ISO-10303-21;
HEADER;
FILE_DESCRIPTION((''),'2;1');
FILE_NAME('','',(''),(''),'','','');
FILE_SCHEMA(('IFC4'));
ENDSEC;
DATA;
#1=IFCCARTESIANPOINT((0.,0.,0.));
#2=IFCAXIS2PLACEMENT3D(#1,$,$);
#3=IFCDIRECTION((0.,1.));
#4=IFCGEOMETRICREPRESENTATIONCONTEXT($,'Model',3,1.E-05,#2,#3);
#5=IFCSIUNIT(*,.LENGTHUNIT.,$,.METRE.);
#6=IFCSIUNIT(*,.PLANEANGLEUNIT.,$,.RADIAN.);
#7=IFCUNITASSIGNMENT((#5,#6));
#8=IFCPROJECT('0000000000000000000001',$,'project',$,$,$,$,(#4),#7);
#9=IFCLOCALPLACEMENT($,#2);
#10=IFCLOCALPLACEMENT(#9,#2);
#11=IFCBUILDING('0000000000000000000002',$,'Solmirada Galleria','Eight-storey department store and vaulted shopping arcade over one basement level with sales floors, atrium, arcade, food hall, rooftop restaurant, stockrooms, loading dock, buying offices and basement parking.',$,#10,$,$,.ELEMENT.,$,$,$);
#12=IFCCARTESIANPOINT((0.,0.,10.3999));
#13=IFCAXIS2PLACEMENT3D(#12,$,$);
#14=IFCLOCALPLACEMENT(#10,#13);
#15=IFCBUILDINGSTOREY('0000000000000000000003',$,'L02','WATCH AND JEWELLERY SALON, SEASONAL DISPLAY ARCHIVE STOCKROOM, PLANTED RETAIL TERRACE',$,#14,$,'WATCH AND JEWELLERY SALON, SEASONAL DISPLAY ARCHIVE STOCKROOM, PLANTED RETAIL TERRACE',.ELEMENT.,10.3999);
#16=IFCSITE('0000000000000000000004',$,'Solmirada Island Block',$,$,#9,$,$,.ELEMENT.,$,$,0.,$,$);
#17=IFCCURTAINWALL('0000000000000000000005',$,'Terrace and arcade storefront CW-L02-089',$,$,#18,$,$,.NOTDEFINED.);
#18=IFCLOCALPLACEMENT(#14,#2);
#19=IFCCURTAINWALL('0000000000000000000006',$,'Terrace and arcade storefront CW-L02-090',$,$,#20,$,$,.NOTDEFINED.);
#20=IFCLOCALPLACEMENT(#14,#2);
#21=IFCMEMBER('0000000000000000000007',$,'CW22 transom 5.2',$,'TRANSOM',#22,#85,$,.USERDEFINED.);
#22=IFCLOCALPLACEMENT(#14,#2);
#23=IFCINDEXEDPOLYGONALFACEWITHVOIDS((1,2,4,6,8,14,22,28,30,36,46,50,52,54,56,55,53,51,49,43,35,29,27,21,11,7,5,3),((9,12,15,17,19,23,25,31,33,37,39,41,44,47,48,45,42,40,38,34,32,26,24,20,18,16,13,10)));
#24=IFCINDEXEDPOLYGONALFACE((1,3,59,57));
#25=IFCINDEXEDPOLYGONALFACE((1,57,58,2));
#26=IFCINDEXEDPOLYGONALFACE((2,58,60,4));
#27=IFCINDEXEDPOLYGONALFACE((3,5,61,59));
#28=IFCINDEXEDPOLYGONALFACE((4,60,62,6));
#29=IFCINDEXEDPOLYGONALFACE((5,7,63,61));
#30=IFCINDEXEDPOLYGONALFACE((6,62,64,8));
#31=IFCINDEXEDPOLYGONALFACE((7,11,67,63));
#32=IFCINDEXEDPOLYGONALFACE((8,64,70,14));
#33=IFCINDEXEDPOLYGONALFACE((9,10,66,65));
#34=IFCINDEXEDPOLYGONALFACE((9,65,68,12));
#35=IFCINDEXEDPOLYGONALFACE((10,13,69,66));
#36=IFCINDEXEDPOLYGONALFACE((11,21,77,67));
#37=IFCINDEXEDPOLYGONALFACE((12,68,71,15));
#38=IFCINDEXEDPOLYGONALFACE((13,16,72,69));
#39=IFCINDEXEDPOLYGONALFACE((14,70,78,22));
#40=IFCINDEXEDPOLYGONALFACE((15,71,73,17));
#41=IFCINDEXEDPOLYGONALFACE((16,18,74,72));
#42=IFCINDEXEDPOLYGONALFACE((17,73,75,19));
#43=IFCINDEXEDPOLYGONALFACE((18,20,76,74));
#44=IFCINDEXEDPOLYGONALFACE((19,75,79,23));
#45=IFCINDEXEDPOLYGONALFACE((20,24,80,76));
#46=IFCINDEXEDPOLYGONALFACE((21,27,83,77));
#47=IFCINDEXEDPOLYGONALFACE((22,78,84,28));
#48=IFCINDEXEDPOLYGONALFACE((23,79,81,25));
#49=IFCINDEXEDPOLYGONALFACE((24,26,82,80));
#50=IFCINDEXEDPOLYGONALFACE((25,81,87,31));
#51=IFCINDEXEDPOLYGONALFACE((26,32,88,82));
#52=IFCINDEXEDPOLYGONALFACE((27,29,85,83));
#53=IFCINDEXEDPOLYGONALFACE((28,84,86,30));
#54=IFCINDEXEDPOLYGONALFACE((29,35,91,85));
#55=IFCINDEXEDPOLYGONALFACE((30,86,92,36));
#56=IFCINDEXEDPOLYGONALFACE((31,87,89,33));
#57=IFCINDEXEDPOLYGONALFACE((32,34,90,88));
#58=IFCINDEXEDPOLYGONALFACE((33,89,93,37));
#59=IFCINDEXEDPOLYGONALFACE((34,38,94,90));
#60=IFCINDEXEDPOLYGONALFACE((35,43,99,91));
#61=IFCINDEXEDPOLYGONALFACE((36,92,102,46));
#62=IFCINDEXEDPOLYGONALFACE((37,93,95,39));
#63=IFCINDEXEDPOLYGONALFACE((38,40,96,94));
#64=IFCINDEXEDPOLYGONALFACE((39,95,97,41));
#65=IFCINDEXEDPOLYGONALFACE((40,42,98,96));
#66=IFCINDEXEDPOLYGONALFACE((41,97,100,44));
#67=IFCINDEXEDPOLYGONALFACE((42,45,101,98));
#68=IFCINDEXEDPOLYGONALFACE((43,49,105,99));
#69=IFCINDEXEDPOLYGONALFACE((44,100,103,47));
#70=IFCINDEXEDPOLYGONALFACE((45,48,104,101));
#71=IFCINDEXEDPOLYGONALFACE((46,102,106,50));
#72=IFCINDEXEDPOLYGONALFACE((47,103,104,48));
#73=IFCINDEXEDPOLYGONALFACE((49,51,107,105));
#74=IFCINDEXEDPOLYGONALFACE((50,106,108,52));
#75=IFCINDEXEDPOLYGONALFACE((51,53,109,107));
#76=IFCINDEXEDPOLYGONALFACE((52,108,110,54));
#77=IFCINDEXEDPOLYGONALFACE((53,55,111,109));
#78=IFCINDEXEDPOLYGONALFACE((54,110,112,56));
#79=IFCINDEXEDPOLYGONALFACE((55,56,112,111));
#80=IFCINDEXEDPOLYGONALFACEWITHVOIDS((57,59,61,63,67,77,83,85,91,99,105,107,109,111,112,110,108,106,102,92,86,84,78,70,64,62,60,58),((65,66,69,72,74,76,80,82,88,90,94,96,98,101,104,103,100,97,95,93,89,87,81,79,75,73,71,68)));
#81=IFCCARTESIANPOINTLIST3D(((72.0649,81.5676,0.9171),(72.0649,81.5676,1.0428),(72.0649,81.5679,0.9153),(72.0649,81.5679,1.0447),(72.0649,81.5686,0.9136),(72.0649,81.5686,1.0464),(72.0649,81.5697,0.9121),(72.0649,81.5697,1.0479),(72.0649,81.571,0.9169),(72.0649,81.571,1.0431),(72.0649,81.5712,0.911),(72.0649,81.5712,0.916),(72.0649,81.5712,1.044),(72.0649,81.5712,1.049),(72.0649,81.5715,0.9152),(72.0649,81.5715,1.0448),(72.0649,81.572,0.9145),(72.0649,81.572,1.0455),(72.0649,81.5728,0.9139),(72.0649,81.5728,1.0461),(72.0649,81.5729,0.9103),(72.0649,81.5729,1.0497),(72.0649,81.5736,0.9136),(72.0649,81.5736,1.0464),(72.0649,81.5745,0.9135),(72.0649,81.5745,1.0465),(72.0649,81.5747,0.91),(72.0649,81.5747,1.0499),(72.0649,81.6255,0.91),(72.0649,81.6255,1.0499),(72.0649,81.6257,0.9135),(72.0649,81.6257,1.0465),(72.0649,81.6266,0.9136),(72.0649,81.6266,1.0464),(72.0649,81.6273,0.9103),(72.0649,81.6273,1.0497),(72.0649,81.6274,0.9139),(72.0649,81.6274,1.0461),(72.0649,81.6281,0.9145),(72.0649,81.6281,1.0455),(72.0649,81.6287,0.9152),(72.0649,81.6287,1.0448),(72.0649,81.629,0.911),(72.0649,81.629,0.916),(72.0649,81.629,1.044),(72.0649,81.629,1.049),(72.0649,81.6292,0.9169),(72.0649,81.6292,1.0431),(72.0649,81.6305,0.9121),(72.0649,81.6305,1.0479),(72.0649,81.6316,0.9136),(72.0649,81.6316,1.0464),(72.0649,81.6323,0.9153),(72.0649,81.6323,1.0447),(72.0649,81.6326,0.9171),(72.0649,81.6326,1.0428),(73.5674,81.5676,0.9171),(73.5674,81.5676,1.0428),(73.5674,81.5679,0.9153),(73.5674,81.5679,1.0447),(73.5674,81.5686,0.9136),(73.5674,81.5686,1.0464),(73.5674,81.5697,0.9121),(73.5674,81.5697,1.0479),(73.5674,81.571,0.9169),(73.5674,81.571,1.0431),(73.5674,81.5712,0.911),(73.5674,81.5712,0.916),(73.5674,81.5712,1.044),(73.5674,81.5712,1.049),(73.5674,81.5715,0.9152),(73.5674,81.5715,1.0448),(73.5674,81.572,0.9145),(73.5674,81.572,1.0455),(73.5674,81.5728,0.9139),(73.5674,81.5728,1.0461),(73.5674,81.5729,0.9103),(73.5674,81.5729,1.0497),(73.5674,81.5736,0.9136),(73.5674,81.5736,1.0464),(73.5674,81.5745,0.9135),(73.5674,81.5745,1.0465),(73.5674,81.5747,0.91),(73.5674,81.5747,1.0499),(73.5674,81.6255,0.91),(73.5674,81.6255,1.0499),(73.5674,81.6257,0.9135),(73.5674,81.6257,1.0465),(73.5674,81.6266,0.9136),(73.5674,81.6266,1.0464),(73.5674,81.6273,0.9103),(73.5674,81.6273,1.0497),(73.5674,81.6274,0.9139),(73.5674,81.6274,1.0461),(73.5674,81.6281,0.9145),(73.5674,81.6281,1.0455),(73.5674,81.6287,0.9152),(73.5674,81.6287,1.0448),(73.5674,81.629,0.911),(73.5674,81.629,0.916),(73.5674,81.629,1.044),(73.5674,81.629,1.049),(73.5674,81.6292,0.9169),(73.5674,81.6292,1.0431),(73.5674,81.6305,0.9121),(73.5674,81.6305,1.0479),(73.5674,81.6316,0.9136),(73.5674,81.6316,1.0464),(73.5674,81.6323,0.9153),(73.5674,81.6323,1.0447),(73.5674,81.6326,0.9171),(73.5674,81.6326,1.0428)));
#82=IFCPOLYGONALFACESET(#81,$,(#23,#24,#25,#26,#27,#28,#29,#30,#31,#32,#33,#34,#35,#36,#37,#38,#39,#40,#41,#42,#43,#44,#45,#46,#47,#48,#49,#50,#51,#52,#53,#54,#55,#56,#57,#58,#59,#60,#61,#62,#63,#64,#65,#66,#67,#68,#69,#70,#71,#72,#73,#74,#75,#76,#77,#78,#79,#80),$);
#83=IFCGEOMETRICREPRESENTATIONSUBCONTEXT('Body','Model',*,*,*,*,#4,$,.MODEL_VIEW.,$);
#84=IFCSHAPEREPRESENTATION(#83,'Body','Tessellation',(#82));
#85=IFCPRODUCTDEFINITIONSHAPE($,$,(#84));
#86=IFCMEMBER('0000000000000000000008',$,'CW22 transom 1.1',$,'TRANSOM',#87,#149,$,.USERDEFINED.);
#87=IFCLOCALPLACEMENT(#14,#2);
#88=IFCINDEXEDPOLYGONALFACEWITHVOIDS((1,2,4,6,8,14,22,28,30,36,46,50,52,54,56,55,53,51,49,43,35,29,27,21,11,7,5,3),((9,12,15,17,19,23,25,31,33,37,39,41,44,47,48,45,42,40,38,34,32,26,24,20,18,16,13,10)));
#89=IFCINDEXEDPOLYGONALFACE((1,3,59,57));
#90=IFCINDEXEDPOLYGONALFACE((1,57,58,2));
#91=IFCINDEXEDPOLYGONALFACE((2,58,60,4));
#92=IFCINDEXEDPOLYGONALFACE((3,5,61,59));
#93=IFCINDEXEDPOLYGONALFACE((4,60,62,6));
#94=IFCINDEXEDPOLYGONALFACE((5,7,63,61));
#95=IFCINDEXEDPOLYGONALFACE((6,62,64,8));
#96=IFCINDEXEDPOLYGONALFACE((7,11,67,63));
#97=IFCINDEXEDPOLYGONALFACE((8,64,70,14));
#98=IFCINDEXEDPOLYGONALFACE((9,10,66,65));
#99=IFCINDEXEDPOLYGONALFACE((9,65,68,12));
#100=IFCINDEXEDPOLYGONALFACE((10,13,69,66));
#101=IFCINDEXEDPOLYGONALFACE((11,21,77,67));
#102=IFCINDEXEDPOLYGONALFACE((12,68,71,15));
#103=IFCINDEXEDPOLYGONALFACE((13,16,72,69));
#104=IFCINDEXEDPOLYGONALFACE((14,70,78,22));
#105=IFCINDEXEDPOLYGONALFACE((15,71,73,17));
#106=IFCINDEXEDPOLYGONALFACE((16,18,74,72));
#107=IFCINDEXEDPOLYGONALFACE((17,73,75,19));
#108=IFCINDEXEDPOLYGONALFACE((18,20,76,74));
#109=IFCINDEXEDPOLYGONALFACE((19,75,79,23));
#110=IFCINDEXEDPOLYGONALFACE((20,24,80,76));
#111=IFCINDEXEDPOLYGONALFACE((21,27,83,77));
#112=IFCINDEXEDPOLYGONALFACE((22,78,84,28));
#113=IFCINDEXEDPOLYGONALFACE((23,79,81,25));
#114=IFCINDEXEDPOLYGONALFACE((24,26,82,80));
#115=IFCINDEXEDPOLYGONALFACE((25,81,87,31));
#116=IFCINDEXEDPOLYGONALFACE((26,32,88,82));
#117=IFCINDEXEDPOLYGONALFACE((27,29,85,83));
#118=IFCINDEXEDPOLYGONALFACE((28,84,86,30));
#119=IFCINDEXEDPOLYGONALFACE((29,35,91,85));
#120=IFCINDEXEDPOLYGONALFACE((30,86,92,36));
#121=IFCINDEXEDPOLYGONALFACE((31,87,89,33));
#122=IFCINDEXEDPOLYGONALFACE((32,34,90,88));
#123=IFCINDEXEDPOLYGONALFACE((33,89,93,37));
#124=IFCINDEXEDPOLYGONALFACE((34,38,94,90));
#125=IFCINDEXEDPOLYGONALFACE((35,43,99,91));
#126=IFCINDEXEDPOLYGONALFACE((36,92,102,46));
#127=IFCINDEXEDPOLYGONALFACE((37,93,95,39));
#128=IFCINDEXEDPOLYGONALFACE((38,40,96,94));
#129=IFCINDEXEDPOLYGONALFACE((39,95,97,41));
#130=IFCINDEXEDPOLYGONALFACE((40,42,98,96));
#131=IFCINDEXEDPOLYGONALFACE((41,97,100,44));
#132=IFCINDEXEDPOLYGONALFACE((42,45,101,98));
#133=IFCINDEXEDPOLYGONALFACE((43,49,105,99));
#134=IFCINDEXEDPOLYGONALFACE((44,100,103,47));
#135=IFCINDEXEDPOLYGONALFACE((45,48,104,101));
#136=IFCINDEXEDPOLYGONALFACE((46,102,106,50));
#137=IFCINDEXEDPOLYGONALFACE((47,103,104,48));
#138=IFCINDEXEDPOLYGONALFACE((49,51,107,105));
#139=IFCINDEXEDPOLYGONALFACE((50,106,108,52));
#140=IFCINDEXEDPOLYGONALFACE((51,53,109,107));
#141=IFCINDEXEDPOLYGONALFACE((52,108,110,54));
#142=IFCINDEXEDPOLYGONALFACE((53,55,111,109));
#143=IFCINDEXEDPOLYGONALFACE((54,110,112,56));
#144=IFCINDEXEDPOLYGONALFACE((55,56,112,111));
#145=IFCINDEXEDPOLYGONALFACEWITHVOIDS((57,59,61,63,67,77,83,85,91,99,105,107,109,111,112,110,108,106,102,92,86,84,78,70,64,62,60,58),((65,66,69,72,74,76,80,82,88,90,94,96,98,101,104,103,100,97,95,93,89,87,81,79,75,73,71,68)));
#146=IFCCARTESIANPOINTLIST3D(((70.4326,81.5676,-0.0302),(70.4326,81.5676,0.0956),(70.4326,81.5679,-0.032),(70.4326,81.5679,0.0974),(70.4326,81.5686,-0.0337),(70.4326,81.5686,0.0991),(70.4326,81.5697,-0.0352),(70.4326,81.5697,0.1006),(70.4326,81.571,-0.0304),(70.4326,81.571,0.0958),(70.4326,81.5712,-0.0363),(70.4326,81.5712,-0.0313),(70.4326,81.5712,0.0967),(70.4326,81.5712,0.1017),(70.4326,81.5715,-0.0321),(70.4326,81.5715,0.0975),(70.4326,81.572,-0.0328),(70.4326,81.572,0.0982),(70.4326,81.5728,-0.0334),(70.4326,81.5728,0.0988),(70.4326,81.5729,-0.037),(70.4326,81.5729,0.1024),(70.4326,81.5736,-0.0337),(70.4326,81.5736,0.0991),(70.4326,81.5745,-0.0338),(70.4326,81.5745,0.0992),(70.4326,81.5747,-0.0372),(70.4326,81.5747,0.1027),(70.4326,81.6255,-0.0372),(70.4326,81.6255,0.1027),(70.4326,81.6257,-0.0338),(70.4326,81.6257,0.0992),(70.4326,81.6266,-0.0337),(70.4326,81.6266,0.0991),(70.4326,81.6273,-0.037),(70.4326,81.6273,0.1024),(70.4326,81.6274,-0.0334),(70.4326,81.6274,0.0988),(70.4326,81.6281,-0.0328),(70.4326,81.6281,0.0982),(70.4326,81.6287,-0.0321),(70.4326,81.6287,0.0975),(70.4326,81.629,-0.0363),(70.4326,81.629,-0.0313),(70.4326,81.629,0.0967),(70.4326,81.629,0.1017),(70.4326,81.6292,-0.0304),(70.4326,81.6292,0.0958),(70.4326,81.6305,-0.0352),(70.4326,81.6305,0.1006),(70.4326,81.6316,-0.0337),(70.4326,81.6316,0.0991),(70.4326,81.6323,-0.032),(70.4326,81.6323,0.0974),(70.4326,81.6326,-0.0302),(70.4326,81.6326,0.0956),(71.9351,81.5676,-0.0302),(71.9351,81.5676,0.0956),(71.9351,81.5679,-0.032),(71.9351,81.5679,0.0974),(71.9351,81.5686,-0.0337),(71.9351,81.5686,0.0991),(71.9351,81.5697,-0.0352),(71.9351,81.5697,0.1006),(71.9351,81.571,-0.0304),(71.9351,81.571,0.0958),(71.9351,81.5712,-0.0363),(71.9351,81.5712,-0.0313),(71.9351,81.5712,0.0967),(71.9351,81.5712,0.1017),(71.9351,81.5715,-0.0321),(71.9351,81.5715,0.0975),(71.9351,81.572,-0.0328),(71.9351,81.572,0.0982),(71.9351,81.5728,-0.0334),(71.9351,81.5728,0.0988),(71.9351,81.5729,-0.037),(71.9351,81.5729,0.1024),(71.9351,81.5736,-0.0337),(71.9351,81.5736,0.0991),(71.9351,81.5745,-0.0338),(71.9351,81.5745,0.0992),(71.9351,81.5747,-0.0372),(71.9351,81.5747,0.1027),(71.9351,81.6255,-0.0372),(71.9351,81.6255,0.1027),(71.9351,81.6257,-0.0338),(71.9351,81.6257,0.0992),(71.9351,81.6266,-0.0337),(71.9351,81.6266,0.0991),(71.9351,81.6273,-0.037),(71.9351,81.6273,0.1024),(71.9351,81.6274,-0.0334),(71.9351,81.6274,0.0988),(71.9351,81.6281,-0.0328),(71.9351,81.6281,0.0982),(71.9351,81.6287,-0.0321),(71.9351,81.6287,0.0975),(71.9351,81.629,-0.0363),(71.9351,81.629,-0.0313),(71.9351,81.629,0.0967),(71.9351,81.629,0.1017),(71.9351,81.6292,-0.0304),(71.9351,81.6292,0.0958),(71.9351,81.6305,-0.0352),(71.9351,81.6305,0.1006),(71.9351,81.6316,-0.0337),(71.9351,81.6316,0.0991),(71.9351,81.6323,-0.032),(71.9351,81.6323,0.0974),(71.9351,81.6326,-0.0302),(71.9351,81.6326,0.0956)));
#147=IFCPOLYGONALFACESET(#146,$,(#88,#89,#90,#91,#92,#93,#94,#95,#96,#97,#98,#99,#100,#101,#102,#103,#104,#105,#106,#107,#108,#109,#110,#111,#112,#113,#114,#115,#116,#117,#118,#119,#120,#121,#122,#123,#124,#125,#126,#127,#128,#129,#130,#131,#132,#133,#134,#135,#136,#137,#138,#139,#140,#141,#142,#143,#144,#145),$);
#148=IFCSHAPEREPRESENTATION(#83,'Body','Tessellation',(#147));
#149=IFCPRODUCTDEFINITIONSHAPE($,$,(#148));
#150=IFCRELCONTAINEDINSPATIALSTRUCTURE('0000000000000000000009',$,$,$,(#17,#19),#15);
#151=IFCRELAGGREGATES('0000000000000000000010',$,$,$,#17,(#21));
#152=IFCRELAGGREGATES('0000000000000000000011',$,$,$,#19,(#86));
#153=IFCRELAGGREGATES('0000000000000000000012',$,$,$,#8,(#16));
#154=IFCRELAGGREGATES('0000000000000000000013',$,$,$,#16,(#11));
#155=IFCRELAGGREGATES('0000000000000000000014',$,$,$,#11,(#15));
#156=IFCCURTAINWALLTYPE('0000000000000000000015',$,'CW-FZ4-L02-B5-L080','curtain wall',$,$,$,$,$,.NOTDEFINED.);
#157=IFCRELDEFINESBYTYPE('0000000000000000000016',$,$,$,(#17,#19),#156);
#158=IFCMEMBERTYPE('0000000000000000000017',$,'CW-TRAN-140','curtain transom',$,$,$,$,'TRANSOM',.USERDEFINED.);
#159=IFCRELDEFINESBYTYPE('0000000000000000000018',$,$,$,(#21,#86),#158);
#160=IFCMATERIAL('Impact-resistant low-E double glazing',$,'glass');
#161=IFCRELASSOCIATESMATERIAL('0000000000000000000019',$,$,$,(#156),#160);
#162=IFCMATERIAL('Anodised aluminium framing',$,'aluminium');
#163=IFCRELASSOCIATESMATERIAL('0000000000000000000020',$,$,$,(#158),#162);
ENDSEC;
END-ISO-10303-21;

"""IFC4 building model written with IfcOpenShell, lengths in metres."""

from ifc_helpers import new_model, si_unit, direction, frame, origin, origin_2d, place, context, subcontext, project, spatial, hollow_rectangle, extrude, material, material_profile, profile_set, type_object, element, aggregate, save


model = new_model("IFC4")

# Units and contexts
model_context = context("Model", 3, precision=1e-05, world=origin(), true_north=direction((0.0, 1.0)))
body_context = subcontext(model_context, "Body", "Model", "MODEL_VIEW")
ifc_project = project(units=[si_unit("LENGTHUNIT", "METRE"), si_unit("PLANEANGLEUNIT", "RADIAN")], contexts=[model_context])

# Site, building, storey
site_placement = place(None, origin())
site = spatial("IfcSite", under=ifc_project, at=site_placement, Name="Solmirada Island Block", CompositionType="ELEMENT", RefElevation=0.0)
building_placement = place(site_placement, origin())
building = spatial("IfcBuilding", under=site, at=building_placement, Name="Solmirada Galleria", Description="Eight-storey department store and vaulted shopping arcade over one basement level with sales floors, atrium, arcade, food hall, rooftop restaurant, stockrooms, loading dock, buying offices and basement parking.", CompositionType="ELEMENT")
storey_placement = place(building_placement, frame((0.0, 0.0, 10.3999)))
storey = spatial("IfcBuildingStorey", under=building, at=storey_placement, Name="L02", Description="WATCH AND JEWELLERY SALON, SEASONAL DISPLAY ARCHIVE STOCKROOM, PLANTED RETAIL TERRACE", LongName="WATCH AND JEWELLERY SALON, SEASONAL DISPLAY ARCHIVE STOCKROOM, PLANTED RETAIL TERRACE", CompositionType="ELEMENT", Elevation=10.3999)

# Curtain wall
ifc_material_1 = material(Name="Impact-resistant low-E double glazing", Category="glass")
curtain_wall_type = type_object("IfcCurtainWallType", Name="CW-FZ4-L02-B5-L080", Description="curtain wall", PredefinedType="NOTDEFINED", material=ifc_material_1)
curtain_wall_1_placement = place(storey_placement, origin())
curtain_wall_1 = element("IfcCurtainWall", 1, at=curtain_wall_1_placement, inside=storey, type_object=curtain_wall_type, Name="Terrace and arcade storefront CW-L02-089", PredefinedType="NOTDEFINED")
ifc_material_2 = material(Name="Anodised aluminium framing", Category="aluminium")

# Curtain wall
curtain_wall_2_placement = place(storey_placement, origin())
curtain_wall_2 = element("IfcCurtainWall", 2, at=curtain_wall_2_placement, inside=storey, type_object=curtain_wall_type, Name="Terrace and arcade storefront CW-L02-090", PredefinedType="NOTDEFINED")

# Members
ifc_material_profile_1 = material_profile(ifc_material_2, hollow_rectangle(XDim=0.0649, YDim=0.1399, WallThickness=0.0034, InnerFilletRadius=0.0034, OuterFilletRadius=0.0071, at=origin_2d()), Name="ALU-TRAN-140X65")
ifc_profile_set_1 = profile_set([ifc_material_profile_1], Name="Anodised aluminium framing")
member_type_1 = type_object("IfcMemberType", Name="CW-TRAN-140", Description="curtain transom", ElementType="TRANSOM", PredefinedType="USERDEFINED", material=ifc_profile_set_1)
member_1_placement = place(storey_placement, frame((73.5674, 81.6001, 0.98), z_axis=(-1.0, 0.0, 0.0), x_axis=(0.0, -1.0, 0.0)))
member_1 = element("IfcMember", 3, at=member_1_placement, type_object=member_type_1, Name="CW22 transom 5.2", ObjectType="TRANSOM", PredefinedType="USERDEFINED", context=body_context, shape_type="SweptSolid", body=[
    extrude(hollow_rectangle(XDim=0.0649, YDim=0.1399, WallThickness=0.0034, InnerFilletRadius=0.0034, OuterFilletRadius=0.0071, at=origin_2d()), origin(), (0.0, 0.0, 1.0), 1.5024),
])
member_2_placement = place(storey_placement, frame((71.9351, 81.6001, 0.0327), z_axis=(-1.0, 0.0, 0.0), x_axis=(0.0, -1.0, 0.0)))
member_2 = element("IfcMember", 4, at=member_2_placement, type_object=member_type_1, Name="CW22 transom 1.1", ObjectType="TRANSOM", PredefinedType="USERDEFINED", context=body_context, shape_type="SweptSolid", body=[
    extrude(hollow_rectangle(XDim=0.0649, YDim=0.1399, WallThickness=0.0034, InnerFilletRadius=0.0034, OuterFilletRadius=0.0071, at=origin_2d()), origin(), (0.0, 0.0, 1.0), 1.5024),
])

aggregate(curtain_wall_1, [member_1])
aggregate(curtain_wall_2, [member_2])

save(model, "model.ifc")
